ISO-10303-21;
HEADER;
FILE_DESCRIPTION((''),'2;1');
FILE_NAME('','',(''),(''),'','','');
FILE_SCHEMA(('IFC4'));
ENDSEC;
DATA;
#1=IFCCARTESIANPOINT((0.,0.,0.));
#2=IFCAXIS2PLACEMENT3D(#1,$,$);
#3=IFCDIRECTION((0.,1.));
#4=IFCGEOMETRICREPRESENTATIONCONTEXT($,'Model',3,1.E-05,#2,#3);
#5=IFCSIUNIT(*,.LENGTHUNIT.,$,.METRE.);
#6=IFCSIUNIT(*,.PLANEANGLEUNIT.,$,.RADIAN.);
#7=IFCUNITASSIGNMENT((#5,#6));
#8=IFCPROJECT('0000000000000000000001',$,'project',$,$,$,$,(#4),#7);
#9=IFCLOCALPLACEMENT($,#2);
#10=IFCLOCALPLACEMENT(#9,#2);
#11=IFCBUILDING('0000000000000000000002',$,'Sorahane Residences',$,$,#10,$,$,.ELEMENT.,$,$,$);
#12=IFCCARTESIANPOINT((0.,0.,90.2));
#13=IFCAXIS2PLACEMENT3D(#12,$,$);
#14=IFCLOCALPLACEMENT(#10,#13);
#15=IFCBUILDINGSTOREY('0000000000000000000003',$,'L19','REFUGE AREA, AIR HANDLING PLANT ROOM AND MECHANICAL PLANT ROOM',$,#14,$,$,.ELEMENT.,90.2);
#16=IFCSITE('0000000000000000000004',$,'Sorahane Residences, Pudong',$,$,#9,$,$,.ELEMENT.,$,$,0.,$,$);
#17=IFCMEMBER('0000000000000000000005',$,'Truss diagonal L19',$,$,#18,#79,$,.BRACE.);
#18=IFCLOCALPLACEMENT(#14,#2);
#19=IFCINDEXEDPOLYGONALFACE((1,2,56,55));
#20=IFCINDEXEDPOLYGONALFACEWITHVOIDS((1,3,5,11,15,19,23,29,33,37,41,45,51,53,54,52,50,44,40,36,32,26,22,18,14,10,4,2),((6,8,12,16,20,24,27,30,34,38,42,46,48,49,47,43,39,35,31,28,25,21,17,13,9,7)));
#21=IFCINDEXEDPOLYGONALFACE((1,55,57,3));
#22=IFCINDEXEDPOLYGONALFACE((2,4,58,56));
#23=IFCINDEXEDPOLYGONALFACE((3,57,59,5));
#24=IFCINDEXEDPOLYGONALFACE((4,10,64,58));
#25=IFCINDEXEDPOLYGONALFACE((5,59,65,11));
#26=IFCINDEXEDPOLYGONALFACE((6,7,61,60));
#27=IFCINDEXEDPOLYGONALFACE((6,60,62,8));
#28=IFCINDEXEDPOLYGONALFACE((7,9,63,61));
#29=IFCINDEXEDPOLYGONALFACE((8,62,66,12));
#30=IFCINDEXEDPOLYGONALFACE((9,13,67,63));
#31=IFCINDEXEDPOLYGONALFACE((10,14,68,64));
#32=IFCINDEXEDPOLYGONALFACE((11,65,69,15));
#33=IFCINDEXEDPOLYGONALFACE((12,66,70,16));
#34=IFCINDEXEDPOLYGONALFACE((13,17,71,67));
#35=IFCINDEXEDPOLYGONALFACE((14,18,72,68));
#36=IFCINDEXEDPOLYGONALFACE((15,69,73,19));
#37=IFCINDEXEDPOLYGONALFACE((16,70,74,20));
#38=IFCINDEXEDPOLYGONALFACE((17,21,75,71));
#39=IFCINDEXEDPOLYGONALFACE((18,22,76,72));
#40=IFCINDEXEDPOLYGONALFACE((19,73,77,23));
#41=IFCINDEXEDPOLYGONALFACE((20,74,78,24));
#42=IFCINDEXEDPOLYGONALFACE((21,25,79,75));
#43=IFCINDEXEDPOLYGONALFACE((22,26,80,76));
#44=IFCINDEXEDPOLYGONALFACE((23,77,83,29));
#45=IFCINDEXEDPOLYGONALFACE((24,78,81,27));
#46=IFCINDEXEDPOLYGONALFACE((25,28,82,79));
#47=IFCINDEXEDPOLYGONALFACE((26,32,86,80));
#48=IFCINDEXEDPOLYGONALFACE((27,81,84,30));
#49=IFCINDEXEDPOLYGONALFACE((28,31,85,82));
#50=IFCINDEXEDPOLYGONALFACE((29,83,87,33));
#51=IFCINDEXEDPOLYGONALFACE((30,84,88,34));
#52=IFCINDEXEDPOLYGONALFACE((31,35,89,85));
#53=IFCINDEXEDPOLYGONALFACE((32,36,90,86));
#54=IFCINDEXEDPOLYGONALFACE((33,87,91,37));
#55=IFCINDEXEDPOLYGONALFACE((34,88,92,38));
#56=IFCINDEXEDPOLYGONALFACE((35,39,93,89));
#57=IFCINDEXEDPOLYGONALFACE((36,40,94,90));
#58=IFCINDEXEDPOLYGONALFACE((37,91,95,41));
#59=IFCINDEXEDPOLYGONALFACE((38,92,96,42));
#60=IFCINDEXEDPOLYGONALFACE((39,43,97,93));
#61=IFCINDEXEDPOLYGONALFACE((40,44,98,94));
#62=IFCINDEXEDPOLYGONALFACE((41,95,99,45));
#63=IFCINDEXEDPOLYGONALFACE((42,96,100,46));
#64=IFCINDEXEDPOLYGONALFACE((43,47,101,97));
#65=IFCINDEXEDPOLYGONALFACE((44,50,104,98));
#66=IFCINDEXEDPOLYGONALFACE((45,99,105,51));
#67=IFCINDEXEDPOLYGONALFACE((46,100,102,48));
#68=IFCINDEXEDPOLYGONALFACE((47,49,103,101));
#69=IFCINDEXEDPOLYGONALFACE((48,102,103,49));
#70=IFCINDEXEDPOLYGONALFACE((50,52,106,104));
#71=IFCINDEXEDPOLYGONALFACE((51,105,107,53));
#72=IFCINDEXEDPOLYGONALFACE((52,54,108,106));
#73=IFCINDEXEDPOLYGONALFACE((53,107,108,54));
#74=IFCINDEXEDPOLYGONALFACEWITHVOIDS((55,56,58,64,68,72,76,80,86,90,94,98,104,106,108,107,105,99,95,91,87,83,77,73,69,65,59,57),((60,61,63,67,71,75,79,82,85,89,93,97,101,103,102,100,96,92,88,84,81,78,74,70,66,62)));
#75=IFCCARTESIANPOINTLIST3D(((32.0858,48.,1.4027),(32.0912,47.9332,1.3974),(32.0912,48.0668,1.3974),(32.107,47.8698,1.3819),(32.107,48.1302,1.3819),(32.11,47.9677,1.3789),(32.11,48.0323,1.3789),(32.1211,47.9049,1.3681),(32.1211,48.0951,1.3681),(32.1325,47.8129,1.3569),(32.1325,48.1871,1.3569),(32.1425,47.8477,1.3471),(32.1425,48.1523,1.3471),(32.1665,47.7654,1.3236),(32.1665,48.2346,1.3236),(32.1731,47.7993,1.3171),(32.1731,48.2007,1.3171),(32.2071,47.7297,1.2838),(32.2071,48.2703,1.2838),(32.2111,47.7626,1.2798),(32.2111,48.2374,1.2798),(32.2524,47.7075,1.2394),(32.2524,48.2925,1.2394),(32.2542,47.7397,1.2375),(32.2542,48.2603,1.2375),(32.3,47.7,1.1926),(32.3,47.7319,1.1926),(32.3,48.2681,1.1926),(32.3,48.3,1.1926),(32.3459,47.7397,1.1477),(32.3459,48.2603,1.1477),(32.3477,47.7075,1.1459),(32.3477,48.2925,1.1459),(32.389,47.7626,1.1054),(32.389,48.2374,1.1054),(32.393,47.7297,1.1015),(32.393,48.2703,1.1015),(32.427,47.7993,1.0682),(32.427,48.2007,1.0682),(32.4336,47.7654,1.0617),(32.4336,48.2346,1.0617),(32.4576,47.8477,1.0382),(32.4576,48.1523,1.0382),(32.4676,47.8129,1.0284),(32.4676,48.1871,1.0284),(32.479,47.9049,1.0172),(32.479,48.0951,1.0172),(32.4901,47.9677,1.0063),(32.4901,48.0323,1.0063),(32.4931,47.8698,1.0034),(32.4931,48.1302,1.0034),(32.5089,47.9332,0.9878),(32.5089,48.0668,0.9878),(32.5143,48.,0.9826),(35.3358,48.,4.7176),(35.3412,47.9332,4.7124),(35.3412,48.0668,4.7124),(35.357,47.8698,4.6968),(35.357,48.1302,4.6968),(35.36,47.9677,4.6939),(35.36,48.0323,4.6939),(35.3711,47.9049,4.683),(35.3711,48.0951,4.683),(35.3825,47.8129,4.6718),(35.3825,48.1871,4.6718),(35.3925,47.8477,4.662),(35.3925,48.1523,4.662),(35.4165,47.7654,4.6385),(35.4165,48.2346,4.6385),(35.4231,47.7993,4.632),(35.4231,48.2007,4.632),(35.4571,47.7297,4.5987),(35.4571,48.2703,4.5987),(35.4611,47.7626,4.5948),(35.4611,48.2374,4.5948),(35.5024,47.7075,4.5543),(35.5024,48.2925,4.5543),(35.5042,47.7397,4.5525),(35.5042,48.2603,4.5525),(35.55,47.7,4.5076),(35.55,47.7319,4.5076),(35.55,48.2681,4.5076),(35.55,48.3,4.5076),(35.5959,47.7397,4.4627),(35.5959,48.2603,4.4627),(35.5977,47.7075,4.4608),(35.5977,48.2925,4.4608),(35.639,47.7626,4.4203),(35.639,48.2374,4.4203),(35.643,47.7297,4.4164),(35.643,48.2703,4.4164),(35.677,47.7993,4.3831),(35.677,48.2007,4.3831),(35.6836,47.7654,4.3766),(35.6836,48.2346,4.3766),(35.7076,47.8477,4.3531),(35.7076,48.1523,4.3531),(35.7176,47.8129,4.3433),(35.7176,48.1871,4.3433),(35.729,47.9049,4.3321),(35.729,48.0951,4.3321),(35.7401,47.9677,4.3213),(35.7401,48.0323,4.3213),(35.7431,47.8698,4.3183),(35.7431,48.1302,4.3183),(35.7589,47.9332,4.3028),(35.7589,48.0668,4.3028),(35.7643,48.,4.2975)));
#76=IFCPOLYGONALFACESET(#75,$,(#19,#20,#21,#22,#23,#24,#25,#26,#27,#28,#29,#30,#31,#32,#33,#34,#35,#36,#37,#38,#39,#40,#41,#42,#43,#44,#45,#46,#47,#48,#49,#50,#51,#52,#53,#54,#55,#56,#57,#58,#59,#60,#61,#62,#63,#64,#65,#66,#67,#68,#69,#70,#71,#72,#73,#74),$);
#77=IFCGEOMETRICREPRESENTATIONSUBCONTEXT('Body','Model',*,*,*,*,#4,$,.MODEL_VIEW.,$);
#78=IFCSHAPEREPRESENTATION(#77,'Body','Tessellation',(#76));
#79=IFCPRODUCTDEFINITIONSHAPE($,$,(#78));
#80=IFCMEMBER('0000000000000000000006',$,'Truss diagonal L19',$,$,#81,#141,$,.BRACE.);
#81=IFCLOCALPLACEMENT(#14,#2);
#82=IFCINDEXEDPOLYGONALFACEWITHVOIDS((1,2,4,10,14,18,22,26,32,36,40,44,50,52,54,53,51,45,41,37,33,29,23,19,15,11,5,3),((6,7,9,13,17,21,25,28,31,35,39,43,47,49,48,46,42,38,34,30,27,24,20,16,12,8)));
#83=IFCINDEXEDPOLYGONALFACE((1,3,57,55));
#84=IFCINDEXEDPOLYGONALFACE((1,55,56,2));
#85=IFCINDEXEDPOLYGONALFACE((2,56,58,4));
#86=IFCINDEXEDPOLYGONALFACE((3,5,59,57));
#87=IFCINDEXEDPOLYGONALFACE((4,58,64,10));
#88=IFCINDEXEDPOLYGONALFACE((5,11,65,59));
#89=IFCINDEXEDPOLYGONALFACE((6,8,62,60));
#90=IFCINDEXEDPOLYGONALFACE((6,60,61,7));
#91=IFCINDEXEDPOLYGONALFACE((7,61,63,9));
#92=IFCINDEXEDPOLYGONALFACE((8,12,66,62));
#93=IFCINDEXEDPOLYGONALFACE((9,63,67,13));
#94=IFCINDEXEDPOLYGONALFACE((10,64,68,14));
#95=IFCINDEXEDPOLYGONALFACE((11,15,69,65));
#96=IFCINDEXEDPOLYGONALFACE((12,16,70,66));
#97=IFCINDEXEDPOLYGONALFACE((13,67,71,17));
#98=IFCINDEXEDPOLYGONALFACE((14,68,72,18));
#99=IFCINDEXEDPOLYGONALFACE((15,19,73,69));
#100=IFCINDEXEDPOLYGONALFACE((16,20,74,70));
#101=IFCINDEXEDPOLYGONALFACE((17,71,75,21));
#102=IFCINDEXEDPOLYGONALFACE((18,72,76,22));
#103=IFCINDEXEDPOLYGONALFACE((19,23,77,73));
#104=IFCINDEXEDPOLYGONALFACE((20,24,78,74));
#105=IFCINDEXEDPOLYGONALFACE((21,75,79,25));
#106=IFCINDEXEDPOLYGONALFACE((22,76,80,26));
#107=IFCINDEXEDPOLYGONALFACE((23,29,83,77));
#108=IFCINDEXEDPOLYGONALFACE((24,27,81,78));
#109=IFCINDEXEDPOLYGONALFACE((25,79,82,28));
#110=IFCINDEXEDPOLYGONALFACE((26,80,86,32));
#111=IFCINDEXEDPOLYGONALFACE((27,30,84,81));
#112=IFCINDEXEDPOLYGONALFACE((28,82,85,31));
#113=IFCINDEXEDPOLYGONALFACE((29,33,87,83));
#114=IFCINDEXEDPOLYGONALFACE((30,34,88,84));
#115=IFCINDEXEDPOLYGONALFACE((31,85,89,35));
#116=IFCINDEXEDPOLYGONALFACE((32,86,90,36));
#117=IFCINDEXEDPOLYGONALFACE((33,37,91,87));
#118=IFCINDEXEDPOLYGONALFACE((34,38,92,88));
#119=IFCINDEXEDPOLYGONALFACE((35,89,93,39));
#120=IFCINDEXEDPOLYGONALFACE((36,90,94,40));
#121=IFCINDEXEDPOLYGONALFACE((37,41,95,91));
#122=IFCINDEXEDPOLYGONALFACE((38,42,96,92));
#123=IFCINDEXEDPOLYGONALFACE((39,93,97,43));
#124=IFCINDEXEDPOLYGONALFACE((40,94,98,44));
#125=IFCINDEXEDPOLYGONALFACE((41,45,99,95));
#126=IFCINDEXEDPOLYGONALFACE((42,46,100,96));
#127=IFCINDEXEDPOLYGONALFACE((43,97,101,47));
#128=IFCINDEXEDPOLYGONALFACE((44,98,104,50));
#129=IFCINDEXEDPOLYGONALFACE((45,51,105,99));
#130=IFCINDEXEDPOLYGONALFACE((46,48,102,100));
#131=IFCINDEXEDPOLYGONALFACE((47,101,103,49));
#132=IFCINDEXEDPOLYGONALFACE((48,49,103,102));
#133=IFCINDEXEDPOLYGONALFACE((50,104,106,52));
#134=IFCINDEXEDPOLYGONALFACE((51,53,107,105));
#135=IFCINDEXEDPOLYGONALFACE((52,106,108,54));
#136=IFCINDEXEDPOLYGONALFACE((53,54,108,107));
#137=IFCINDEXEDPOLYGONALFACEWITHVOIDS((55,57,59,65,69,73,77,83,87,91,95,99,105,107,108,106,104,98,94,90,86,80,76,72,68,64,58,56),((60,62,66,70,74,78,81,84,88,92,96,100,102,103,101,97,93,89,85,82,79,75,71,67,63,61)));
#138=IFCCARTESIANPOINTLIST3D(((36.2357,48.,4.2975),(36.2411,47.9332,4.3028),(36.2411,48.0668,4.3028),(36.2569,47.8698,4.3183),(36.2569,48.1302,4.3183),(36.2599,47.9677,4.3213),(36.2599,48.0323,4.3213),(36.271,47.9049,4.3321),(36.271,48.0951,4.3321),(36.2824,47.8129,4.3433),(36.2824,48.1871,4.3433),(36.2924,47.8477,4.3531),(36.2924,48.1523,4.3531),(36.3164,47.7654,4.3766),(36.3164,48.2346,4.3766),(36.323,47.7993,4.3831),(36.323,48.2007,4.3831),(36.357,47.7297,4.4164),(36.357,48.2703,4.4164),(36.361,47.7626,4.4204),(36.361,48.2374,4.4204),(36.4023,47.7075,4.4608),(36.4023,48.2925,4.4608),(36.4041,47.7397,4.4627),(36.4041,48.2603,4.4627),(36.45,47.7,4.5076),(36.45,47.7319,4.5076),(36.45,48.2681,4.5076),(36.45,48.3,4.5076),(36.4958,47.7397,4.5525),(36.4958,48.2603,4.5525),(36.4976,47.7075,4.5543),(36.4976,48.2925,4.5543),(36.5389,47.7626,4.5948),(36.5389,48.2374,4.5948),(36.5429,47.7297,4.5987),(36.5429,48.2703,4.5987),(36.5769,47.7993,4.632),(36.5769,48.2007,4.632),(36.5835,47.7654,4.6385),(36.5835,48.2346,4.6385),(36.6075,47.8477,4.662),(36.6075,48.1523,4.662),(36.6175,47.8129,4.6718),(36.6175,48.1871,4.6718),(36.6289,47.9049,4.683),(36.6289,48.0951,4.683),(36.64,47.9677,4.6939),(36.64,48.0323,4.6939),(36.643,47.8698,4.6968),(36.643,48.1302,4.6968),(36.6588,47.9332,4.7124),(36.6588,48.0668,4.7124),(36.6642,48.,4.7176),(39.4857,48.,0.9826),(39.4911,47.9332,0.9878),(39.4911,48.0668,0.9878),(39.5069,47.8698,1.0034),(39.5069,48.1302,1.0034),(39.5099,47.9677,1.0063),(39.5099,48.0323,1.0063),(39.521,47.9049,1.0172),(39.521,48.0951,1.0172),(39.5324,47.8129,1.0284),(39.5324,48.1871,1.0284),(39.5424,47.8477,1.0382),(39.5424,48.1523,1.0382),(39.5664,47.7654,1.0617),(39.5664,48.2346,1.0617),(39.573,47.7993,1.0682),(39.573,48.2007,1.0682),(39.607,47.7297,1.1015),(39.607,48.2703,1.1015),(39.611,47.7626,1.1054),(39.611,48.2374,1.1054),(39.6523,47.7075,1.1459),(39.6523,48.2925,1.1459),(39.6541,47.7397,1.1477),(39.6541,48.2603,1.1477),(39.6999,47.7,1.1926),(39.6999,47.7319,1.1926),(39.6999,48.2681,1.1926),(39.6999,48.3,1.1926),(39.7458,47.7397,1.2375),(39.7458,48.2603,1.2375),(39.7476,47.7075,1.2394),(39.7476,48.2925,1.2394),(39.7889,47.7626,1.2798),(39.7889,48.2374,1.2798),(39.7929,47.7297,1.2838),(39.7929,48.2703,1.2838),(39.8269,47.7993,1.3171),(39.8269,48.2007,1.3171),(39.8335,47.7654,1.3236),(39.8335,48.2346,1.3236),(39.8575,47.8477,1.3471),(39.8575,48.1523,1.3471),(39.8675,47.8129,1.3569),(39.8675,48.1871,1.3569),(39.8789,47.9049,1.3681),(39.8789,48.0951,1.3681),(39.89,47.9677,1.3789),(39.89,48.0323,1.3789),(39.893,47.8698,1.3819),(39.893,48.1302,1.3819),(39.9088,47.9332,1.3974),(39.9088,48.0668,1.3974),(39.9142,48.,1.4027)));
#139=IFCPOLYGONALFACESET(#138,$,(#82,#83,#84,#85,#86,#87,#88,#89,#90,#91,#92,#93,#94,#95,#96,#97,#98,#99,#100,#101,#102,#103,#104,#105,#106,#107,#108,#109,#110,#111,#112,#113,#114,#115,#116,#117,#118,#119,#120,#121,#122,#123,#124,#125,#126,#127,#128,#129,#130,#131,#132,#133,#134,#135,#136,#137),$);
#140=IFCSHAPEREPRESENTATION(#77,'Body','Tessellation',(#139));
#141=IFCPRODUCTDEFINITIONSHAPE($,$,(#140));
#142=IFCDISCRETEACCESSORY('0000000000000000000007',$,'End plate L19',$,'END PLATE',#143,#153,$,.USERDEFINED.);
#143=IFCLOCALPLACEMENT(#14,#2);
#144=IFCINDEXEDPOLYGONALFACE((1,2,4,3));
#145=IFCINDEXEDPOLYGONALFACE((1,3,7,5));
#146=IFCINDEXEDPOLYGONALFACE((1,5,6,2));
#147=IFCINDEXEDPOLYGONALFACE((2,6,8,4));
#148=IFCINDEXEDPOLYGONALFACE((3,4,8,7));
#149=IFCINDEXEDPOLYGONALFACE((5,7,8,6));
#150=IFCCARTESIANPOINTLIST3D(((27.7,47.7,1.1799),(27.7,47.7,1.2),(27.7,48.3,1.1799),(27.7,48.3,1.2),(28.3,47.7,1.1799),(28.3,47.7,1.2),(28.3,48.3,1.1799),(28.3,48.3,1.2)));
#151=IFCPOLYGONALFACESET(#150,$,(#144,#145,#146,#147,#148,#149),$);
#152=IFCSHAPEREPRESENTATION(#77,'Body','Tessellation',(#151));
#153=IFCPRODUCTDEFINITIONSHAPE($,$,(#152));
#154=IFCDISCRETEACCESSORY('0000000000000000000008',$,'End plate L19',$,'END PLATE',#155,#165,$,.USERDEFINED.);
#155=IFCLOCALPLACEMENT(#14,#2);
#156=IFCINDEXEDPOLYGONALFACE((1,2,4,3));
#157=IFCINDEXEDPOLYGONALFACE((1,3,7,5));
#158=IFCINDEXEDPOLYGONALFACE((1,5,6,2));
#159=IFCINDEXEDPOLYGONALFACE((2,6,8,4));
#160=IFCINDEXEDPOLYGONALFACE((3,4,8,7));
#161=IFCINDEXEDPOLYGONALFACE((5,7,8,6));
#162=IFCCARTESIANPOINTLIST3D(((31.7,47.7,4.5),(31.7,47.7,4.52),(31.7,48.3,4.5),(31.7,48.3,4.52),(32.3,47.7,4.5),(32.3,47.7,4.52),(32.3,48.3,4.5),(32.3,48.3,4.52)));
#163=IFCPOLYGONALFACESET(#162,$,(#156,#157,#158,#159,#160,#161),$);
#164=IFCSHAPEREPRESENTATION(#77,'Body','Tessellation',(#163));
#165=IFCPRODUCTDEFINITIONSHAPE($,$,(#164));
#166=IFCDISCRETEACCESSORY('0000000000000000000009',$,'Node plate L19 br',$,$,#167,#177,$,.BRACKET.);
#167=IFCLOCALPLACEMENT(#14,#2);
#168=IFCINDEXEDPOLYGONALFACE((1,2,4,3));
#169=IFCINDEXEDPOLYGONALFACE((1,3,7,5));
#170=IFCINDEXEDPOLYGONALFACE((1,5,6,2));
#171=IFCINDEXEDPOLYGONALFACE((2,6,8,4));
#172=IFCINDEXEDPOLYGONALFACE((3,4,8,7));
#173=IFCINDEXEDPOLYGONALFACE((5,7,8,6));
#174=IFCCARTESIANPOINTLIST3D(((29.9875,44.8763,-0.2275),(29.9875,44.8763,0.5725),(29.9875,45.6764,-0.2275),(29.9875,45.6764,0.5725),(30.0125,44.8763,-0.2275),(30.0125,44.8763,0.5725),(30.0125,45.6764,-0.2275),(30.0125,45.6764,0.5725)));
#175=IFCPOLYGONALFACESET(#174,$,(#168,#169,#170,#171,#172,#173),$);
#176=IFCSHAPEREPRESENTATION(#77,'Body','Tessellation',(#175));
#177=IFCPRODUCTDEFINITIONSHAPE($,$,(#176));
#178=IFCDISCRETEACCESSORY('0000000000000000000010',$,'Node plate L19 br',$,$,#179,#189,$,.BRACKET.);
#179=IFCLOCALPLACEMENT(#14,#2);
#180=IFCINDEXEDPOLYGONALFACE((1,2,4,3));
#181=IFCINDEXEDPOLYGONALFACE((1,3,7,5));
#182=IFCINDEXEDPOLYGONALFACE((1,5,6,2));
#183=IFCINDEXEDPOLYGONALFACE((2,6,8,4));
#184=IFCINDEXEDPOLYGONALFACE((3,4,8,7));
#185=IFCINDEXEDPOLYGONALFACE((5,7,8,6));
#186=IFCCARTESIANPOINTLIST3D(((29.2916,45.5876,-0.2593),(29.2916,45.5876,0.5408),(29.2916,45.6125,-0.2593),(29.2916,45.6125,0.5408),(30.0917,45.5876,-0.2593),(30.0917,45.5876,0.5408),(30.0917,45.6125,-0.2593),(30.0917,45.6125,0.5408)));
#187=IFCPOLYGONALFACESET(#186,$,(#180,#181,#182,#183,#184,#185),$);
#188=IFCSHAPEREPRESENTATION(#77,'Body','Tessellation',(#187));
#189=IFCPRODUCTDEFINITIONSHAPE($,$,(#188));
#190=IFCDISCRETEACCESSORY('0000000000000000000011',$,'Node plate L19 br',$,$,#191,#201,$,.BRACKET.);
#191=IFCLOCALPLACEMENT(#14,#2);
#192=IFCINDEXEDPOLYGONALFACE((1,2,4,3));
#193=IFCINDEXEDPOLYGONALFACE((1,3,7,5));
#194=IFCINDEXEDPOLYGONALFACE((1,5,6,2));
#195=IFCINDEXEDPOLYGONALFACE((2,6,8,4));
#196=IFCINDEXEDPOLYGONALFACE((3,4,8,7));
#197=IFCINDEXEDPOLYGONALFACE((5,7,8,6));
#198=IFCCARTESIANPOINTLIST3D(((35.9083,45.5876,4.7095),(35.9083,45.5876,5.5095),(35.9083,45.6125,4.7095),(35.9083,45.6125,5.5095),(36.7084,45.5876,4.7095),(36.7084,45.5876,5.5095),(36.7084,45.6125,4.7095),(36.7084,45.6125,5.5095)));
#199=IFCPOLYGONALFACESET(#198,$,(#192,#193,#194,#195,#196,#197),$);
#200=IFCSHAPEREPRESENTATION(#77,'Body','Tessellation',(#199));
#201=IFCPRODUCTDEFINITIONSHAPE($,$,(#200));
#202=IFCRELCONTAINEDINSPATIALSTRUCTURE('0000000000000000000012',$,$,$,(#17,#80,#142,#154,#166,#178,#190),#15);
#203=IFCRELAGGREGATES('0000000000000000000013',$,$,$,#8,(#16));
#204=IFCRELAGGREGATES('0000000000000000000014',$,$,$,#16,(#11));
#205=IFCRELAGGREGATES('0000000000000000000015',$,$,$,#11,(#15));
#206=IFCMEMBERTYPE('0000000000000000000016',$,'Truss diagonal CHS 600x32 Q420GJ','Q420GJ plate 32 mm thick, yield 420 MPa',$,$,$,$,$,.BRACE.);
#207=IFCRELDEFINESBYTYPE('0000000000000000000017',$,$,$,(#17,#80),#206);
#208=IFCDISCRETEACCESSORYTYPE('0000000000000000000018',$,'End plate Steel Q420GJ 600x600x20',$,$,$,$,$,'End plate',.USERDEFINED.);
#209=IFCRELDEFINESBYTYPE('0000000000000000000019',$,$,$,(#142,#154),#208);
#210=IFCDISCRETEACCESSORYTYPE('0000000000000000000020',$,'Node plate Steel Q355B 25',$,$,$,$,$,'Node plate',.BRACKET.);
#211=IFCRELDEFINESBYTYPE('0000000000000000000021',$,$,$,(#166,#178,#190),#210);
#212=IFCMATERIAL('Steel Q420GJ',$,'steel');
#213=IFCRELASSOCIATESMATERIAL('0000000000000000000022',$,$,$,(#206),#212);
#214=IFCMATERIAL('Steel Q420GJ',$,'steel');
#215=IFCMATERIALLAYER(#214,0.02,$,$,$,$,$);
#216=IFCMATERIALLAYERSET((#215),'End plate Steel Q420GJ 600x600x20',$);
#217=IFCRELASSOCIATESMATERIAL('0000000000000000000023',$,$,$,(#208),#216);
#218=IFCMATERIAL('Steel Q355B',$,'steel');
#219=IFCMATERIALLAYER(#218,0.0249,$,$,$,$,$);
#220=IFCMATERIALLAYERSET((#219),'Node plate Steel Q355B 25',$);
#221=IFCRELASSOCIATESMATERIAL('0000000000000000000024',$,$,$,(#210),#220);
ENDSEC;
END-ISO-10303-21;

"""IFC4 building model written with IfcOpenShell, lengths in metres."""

from ifc_helpers import new_model, si_unit, direction, frame, origin, origin_2d, place, context, subcontext, project, spatial, rectangle, hollow_circle, extrude, material, layer, layer_set, material_profile, profile_set, type_object, element, save


model = new_model("IFC4")

# Units and contexts
model_context = context("Model", 3, precision=1e-05, world=origin(), true_north=direction((0.0, 1.0)))
body_context = subcontext(model_context, "Body", "Model", "MODEL_VIEW")
ifc_project = project(units=[si_unit("LENGTHUNIT", "METRE"), si_unit("PLANEANGLEUNIT", "RADIAN")], contexts=[model_context])

# Site, building, storey
site_placement = place(None, origin())
site = spatial("IfcSite", under=ifc_project, at=site_placement, Name="Sorahane Residences, Pudong", CompositionType="ELEMENT", RefElevation=0.0)
building_placement = place(site_placement, origin())
building = spatial("IfcBuilding", under=site, at=building_placement, Name="Sorahane Residences", CompositionType="ELEMENT")
storey_placement = place(building_placement, frame((0.0, 0.0, 90.2)))
storey = spatial("IfcBuildingStorey", under=building, at=storey_placement, Name="L19", Description="REFUGE AREA, AIR HANDLING PLANT ROOM AND MECHANICAL PLANT ROOM", CompositionType="ELEMENT", Elevation=90.2)

# Members
ifc_material_1 = material(Name="Steel Q420GJ", Category="steel")
ifc_material_profile_1 = material_profile(ifc_material_1, hollow_circle(Radius=0.3, WallThickness=0.032, at=origin_2d()), Name="CHS 600x32")
ifc_profile_set_1 = profile_set([ifc_material_profile_1], Name="Steel Q420GJ")
member_type_1 = type_object("IfcMemberType", Name="Truss diagonal CHS 600x32 Q420GJ", Description="Q420GJ plate 32 mm thick, yield 420 MPa", PredefinedType="BRACE", material=ifc_profile_set_1)
for number, where, z_axis, x_axis, name in (
    (1, (32.3, 48.0, 1.1926), (0.700078, 0.0, 0.714067), (0.0, 1.0, 0.0), "Truss diagonal L19"),
    (2, (36.45, 48.0, 4.5076), (0.700078, 0.0, -0.714067), (0.0, 1.0, 0.0), "Truss diagonal L19"),
):
    element("IfcMember", number, at=place(storey_placement, frame(where, z_axis=z_axis, x_axis=x_axis)), inside=storey, type_object=member_type_1, Name=name, PredefinedType="BRACE", context=body_context, shape_type="SweptSolid", body=[
        extrude(hollow_circle(Radius=0.3, WallThickness=0.032, at=origin_2d()), origin(), (0.0, 0.0, 1.0), 4.6423),
    ])

# Discrete accessories
ifc_material_2 = material(Name="Steel Q420GJ", Category="steel")
ifc_layer_1 = layer(ifc_material_2, 0.02)
ifc_layer_set_1 = layer_set([ifc_layer_1], Name="End plate Steel Q420GJ 600x600x20")
discrete_accessory_type_1 = type_object("IfcDiscreteAccessoryType", Name="End plate Steel Q420GJ 600x600x20", ElementType="End plate", PredefinedType="USERDEFINED", material=ifc_layer_set_1)
for number, where, z_axis, x_axis, name in (
    (3, (28.0, 48.0, 1.1799), (0.0, 0.0, 1.0), (1.0, 0.0, 0.0), "End plate L19"),
    (4, (32.0, 48.0, 4.5), (0.0, 0.0, 1.0), (1.0, 0.0, 0.0), "End plate L19"),
):
    element("IfcDiscreteAccessory", number, at=place(storey_placement, frame(where, z_axis=z_axis, x_axis=x_axis)), inside=storey, type_object=discrete_accessory_type_1, Name=name, ObjectType="END PLATE", PredefinedType="USERDEFINED", context=body_context, shape_type="SweptSolid", body=[
        extrude(rectangle(XDim=0.6001, YDim=0.6001, at=origin_2d()), origin(), (0.0, 0.0, 1.0), 0.02),
    ])
ifc_material_3 = material(Name="Steel Q355B", Category="steel")
ifc_layer_2 = layer(ifc_material_3, 0.0249)
ifc_layer_set_2 = layer_set([ifc_layer_2], Name="Node plate Steel Q355B 25")
discrete_accessory_type_2 = type_object("IfcDiscreteAccessoryType", Name="Node plate Steel Q355B 25", ElementType="Node plate", PredefinedType="BRACKET", material=ifc_layer_set_2)
for number, where, z_axis, x_axis, name in (
    (5, (30.0, 45.2764, -0.2275), (0.0, 0.0, 1.0), (0.0, 1.0, 0.0), "Node plate L19 br"),
    (6, (29.6917, 45.6001, -0.2593), (0.0, 0.0, 1.0), (1.0, 0.0, 0.0), "Node plate L19 br"),
    (7, (36.3083, 45.6001, 4.7095), (0.0, 0.0, 1.0), (1.0, 0.0, 0.0), "Node plate L19 br"),
):
    element("IfcDiscreteAccessory", number, at=place(storey_placement, frame(where, z_axis=z_axis, x_axis=x_axis)), inside=storey, type_object=discrete_accessory_type_2, Name=name, PredefinedType="BRACKET", context=body_context, shape_type="SweptSolid", body=[
        extrude(rectangle(XDim=0.8, YDim=0.0249, at=origin_2d()), origin(), (0.0, 0.0, 1.0), 0.8),
    ])

save(model, "model.ifc")
